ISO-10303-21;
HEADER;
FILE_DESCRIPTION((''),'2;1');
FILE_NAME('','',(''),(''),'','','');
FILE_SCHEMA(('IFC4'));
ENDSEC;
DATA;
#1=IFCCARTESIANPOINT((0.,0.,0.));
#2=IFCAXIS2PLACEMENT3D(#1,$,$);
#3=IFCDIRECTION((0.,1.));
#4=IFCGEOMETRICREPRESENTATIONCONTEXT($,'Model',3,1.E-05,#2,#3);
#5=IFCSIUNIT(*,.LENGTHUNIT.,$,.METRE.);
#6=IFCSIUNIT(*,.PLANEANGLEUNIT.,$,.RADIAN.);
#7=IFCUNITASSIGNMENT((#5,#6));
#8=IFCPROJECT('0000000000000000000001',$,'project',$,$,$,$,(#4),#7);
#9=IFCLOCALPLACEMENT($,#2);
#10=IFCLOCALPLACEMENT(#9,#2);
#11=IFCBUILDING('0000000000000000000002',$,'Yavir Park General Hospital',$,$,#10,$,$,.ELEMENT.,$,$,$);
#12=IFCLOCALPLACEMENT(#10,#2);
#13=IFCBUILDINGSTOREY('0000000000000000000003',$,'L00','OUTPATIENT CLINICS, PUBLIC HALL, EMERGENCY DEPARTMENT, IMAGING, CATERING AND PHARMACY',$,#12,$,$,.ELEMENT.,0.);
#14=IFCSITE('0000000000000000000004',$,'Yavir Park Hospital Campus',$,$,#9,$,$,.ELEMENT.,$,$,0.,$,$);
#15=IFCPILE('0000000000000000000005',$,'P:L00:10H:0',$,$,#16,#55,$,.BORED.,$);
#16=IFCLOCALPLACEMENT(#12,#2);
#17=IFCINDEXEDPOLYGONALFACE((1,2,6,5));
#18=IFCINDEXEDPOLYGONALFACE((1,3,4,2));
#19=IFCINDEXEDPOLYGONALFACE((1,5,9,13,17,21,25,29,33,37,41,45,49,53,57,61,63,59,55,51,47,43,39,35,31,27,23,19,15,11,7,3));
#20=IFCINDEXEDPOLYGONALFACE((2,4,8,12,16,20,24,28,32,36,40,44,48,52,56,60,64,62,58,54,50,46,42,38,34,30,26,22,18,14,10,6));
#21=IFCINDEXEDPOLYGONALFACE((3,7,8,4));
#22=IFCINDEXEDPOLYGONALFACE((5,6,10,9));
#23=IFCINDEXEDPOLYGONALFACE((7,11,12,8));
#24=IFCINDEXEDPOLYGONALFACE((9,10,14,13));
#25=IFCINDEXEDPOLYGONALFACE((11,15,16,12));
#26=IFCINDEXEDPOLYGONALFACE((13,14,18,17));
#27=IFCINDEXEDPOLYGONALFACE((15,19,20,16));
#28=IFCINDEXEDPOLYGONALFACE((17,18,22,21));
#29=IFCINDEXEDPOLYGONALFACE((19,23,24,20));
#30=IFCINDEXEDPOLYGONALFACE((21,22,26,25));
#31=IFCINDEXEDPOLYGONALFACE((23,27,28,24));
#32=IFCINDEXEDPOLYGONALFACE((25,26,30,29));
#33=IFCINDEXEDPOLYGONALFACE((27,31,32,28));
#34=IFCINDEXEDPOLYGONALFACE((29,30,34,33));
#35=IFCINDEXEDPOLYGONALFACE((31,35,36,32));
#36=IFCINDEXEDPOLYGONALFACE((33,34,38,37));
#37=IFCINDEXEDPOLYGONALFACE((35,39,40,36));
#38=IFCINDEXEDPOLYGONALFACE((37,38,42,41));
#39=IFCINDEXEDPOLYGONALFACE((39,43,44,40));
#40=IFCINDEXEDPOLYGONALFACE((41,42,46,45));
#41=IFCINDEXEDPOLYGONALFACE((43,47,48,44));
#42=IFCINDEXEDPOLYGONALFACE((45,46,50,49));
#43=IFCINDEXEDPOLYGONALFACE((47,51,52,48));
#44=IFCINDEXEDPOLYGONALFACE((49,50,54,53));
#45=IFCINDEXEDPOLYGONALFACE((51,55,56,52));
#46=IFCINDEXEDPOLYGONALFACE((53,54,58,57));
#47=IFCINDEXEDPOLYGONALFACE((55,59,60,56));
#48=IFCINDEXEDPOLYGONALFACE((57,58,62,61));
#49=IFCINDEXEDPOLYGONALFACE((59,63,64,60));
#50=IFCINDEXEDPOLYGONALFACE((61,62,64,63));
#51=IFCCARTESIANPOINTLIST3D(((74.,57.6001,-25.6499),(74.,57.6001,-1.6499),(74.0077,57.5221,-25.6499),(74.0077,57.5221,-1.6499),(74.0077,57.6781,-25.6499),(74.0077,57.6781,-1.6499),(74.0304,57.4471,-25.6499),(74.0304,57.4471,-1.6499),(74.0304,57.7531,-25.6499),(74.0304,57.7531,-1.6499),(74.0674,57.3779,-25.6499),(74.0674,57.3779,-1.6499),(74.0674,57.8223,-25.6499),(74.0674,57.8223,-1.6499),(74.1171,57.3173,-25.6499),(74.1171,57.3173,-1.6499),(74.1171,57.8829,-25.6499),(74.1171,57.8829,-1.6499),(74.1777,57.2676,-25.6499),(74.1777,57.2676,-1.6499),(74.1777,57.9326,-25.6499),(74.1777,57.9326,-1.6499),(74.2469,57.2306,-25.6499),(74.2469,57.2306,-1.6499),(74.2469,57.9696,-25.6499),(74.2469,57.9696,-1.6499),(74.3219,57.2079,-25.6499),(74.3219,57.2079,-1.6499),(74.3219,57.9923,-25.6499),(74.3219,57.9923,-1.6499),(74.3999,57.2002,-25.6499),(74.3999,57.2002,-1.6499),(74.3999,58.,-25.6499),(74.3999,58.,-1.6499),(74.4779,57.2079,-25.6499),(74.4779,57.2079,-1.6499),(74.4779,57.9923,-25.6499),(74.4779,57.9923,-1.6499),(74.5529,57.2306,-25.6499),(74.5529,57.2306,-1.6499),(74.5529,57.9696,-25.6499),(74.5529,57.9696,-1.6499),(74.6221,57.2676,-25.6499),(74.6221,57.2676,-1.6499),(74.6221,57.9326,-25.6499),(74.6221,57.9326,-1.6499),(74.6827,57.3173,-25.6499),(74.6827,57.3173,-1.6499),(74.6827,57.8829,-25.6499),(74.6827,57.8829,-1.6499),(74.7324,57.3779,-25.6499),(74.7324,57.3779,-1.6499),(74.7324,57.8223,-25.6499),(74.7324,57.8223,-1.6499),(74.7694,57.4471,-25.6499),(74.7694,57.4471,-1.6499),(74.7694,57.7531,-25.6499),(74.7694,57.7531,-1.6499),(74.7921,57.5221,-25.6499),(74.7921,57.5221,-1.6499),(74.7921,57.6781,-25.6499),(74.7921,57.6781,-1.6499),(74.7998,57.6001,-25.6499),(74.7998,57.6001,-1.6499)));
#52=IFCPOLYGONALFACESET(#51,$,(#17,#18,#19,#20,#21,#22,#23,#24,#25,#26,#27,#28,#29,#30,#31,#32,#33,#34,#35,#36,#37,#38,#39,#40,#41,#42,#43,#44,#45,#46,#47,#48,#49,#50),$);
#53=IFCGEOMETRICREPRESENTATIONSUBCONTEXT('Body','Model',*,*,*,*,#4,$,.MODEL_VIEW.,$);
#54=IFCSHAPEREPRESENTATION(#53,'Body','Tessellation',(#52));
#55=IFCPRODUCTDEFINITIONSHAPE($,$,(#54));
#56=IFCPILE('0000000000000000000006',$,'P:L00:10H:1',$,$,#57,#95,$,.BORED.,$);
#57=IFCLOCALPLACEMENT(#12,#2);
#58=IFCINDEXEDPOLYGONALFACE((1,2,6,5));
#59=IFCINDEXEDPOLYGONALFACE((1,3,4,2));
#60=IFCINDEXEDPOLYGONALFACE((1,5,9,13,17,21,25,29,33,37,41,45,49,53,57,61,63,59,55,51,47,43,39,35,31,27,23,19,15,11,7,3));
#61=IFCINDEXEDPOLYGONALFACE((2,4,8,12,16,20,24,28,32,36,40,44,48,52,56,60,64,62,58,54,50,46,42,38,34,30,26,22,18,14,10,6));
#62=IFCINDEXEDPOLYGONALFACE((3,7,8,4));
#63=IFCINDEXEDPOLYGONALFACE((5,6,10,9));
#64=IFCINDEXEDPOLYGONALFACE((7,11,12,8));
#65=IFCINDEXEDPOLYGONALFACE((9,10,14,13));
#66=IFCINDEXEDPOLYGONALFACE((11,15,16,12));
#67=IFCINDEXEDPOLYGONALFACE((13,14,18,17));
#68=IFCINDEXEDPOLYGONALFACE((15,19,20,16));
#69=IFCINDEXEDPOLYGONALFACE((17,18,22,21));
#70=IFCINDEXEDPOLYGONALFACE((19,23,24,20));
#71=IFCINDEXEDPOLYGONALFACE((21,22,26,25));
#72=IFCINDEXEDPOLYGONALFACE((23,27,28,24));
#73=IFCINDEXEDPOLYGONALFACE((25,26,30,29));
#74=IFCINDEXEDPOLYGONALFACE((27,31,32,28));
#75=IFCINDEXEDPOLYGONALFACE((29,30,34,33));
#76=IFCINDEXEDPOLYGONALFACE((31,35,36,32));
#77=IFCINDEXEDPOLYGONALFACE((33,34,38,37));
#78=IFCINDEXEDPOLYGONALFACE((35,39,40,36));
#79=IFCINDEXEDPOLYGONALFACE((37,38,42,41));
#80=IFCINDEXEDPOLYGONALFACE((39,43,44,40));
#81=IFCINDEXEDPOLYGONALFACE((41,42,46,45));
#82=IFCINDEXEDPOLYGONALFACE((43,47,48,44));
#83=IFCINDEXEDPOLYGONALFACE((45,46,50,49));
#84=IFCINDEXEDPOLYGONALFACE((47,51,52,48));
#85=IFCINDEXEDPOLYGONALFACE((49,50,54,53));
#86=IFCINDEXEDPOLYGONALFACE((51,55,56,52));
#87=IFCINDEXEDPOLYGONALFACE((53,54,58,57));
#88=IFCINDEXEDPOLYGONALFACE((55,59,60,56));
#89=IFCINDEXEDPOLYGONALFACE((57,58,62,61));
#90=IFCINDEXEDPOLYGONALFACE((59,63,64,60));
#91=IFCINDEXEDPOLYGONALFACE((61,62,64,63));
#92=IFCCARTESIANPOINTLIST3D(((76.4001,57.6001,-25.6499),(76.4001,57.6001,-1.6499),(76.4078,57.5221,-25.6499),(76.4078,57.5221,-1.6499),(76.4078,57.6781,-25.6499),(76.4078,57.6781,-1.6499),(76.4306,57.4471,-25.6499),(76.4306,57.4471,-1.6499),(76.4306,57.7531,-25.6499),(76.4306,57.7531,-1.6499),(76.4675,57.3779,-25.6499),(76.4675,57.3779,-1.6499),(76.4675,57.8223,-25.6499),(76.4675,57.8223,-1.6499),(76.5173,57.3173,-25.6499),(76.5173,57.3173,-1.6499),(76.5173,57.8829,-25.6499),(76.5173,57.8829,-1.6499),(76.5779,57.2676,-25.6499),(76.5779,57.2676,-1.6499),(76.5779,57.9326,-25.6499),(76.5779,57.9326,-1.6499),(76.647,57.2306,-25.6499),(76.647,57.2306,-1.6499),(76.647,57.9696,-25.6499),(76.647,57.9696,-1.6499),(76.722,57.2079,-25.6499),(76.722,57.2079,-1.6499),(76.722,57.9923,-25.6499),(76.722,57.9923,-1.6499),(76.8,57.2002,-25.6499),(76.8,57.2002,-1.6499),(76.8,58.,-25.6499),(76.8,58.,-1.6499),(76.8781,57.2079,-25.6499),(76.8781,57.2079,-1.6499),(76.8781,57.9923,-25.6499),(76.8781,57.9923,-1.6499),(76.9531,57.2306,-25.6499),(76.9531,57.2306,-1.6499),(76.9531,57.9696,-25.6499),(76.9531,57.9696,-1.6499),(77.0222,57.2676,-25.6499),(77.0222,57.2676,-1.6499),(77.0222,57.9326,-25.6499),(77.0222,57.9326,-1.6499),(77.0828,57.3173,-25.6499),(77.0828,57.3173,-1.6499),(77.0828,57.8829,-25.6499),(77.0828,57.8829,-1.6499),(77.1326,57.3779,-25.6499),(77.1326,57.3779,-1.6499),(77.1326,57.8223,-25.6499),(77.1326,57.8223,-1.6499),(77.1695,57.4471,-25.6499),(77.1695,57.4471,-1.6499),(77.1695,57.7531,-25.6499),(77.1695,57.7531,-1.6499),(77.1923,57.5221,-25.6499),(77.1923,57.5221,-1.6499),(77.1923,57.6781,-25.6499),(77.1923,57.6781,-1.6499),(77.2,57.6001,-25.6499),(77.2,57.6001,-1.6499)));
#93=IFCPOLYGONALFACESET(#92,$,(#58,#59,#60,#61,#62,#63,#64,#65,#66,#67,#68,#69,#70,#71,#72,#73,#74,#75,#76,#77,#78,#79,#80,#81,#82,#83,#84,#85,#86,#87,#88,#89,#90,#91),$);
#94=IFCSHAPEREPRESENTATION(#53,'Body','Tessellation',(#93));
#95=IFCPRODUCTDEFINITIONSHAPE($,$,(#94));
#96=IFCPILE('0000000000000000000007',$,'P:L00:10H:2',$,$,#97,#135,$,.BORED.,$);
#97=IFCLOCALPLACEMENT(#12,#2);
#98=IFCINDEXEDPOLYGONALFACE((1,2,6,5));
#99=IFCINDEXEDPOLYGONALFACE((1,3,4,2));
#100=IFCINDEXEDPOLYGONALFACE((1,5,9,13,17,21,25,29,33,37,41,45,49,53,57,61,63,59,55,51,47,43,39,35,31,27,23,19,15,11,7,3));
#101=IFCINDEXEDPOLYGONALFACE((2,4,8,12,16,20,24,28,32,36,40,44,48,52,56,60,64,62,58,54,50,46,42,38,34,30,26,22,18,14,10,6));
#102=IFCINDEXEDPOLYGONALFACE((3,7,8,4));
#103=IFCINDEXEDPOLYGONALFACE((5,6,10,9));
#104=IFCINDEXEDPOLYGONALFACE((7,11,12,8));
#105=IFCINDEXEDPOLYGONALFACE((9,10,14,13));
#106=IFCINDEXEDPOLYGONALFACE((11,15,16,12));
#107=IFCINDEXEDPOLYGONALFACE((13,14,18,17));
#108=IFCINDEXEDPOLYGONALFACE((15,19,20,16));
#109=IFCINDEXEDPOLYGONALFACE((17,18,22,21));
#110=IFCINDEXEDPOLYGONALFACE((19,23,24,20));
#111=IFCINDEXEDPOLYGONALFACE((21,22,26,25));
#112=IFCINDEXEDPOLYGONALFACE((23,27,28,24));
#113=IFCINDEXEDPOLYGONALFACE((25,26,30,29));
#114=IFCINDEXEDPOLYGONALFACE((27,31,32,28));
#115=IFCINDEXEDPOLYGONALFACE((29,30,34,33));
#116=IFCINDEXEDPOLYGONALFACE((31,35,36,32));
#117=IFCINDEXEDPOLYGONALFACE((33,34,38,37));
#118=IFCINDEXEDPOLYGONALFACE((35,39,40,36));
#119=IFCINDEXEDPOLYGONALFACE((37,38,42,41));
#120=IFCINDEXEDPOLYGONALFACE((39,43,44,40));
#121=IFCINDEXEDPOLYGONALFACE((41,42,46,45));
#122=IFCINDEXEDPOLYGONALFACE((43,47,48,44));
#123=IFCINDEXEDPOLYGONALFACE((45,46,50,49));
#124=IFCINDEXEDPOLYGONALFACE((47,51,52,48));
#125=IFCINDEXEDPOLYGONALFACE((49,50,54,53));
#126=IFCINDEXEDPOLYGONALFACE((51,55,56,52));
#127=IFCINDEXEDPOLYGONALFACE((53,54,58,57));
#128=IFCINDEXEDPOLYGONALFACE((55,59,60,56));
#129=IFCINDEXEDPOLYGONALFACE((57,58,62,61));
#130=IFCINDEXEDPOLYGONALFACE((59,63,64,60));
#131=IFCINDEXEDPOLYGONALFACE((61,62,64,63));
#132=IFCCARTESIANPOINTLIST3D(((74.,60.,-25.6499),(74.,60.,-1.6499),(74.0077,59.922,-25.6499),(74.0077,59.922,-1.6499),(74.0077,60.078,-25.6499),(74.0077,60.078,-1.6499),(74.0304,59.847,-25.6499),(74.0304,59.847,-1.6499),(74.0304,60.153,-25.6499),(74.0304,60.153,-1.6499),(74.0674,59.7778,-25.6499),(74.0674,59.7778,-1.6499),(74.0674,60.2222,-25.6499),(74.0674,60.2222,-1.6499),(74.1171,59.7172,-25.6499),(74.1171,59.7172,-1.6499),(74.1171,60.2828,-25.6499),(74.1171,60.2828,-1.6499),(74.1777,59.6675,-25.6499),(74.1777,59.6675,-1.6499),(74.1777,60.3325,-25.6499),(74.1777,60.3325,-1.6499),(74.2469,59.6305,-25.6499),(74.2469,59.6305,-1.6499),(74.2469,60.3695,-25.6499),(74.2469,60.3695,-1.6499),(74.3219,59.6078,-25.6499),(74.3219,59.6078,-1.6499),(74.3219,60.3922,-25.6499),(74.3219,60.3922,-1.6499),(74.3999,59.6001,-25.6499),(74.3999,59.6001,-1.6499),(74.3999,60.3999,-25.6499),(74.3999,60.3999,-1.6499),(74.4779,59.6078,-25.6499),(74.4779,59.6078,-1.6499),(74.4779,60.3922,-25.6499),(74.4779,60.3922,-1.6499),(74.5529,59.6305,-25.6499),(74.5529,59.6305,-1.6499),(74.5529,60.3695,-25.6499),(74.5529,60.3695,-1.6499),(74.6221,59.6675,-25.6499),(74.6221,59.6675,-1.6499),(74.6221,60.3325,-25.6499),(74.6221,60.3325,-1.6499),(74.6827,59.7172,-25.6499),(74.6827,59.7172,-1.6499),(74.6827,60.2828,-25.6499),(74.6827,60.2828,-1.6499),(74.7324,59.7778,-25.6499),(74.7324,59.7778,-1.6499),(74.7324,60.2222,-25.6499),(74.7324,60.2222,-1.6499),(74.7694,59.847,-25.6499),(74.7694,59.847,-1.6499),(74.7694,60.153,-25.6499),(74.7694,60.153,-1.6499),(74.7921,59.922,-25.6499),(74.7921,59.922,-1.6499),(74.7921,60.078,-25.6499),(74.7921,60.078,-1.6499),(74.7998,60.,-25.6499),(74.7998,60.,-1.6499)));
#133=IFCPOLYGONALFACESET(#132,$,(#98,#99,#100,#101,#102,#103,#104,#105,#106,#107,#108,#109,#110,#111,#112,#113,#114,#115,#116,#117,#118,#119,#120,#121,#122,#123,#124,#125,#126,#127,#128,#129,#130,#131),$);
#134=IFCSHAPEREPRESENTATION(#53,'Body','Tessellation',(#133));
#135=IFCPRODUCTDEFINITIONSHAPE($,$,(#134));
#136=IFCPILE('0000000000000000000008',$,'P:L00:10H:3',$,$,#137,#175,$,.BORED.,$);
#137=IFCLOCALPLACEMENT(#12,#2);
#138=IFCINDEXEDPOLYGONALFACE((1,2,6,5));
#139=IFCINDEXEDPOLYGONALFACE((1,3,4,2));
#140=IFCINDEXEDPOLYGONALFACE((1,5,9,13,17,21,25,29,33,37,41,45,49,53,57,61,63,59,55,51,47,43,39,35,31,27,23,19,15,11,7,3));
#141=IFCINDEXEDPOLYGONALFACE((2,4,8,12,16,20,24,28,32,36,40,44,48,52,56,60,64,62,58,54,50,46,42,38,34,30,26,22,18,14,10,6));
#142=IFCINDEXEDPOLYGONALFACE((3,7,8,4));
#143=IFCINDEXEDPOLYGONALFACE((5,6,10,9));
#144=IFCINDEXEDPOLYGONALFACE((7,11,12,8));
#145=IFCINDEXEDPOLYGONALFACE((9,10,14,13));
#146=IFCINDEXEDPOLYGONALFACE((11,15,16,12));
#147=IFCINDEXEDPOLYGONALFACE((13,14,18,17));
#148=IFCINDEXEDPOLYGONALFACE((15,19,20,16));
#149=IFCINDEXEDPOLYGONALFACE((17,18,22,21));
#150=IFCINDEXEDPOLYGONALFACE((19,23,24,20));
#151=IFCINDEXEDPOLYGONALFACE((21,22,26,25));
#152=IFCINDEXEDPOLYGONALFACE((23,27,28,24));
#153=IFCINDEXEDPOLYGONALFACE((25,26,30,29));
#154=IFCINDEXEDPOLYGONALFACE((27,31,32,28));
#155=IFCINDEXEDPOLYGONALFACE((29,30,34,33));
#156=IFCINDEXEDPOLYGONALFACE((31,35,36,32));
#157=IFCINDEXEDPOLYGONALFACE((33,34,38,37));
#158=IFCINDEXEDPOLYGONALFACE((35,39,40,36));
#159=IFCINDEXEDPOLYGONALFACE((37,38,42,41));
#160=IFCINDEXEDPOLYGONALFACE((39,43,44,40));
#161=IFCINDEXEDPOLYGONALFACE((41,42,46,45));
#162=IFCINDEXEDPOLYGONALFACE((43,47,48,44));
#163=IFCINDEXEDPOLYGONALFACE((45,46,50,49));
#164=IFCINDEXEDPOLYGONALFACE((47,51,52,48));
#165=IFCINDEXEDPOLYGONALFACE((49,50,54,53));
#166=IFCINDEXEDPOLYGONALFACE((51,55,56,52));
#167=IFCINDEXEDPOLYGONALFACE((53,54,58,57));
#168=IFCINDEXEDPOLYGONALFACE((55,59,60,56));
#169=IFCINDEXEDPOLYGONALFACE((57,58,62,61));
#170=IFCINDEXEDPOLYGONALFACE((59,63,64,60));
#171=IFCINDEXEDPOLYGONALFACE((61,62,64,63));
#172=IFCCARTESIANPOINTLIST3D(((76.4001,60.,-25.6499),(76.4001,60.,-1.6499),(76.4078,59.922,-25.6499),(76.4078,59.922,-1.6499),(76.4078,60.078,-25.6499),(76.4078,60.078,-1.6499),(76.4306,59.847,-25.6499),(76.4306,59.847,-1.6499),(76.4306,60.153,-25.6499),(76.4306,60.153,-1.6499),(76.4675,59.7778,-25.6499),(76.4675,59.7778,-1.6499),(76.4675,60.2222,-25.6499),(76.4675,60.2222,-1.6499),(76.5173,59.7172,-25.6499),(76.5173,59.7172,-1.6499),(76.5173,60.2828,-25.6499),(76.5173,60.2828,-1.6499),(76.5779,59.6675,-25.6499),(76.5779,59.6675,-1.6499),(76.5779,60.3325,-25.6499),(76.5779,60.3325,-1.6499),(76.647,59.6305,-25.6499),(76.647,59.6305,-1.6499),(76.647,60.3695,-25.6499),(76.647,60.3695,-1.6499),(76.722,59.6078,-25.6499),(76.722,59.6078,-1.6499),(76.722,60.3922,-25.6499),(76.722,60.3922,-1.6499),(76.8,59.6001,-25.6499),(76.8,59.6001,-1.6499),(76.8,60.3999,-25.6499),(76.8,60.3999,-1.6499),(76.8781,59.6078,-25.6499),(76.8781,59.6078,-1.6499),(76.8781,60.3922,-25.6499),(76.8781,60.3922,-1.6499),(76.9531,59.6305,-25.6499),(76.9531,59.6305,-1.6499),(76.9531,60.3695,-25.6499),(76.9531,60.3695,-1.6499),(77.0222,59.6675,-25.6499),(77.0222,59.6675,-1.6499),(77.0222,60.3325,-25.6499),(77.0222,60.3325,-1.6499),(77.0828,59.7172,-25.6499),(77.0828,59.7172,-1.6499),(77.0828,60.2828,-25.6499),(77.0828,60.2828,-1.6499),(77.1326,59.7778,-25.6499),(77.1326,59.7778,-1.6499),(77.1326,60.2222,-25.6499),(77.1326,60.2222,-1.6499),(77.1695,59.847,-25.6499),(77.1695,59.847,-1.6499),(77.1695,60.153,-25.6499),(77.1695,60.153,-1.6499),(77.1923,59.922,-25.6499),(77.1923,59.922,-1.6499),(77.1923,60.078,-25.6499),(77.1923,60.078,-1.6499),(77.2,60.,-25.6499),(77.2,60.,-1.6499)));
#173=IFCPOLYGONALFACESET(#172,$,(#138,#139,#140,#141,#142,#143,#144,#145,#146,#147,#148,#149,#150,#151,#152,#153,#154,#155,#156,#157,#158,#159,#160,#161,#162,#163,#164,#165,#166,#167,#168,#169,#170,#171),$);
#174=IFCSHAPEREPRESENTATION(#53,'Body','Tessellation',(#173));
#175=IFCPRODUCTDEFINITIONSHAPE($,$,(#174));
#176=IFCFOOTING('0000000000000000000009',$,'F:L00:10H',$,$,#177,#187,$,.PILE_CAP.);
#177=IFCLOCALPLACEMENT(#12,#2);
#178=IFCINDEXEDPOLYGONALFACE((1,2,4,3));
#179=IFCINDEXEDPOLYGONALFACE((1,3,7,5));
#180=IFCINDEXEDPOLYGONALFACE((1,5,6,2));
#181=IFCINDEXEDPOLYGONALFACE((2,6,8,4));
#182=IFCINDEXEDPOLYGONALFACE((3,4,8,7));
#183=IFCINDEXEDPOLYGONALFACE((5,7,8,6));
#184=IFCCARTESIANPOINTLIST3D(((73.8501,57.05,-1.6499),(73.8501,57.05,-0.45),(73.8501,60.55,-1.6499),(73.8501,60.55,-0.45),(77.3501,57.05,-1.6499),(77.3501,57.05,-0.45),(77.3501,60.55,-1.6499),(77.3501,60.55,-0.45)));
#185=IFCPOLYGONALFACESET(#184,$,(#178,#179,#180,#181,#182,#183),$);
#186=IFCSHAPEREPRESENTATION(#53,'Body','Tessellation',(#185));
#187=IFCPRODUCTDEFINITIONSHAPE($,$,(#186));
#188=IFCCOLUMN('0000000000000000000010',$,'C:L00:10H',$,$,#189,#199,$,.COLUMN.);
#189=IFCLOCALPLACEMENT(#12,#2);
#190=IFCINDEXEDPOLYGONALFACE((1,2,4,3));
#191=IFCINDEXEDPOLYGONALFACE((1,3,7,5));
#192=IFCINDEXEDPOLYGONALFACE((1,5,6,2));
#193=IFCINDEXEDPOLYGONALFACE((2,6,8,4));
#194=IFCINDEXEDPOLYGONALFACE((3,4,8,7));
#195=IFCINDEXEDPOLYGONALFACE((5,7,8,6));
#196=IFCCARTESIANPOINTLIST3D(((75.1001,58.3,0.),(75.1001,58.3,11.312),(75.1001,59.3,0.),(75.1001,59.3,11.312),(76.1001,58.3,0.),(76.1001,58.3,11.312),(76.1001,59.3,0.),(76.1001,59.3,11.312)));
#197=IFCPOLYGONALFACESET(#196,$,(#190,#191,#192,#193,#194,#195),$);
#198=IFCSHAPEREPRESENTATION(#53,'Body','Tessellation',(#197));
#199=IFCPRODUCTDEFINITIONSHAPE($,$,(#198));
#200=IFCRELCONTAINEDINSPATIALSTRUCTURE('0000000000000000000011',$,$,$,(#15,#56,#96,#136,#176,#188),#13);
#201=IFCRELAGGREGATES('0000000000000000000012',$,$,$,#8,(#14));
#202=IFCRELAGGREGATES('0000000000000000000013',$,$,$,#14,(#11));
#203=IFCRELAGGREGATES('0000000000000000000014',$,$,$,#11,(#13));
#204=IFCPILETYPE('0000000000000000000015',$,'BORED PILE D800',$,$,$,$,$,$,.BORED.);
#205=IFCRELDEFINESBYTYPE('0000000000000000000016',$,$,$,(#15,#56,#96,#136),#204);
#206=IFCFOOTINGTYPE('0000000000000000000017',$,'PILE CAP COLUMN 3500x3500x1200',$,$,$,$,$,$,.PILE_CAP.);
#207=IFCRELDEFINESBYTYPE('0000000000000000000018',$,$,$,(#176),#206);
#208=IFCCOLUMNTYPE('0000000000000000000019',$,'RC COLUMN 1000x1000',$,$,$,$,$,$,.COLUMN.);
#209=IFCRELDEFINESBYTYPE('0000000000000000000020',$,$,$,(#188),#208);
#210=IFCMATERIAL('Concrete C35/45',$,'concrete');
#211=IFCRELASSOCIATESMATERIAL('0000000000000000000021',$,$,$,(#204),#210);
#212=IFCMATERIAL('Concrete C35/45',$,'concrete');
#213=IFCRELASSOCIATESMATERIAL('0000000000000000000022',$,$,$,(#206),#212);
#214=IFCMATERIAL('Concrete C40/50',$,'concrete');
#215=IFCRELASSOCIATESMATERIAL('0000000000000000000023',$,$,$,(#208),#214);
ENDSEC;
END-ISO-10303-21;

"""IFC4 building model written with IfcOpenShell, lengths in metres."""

from ifc_helpers import new_model, si_unit, direction, frame, origin, origin_2d, place, context, subcontext, project, spatial, rectangle, circle, extrude, material, material_profile, profile_set, type_object, element, save


model = new_model("IFC4")

# Units and contexts
model_context = context("Model", 3, precision=1e-05, world=origin(), true_north=direction((0.0, 1.0)))
body_context = subcontext(model_context, "Body", "Model", "MODEL_VIEW")
ifc_project = project(units=[si_unit("LENGTHUNIT", "METRE"), si_unit("PLANEANGLEUNIT", "RADIAN")], contexts=[model_context])

# Site, building, storey
site_placement = place(None, origin())
site = spatial("IfcSite", under=ifc_project, at=site_placement, Name="Yavir Park Hospital Campus", CompositionType="ELEMENT", RefElevation=0.0)
building_placement = place(site_placement, origin())
building = spatial("IfcBuilding", under=site, at=building_placement, Name="Yavir Park General Hospital", CompositionType="ELEMENT")
storey_placement = place(building_placement, origin())
storey = spatial("IfcBuildingStorey", under=building, at=storey_placement, Name="L00", Description="OUTPATIENT CLINICS, PUBLIC HALL, EMERGENCY DEPARTMENT, IMAGING, CATERING AND PHARMACY", CompositionType="ELEMENT", Elevation=0.0)

# Piles
ifc_material_1 = material(Name="Concrete C35/45", Category="concrete")
ifc_material_profile_1 = material_profile(ifc_material_1, circle(Radius=0.3999, at=origin_2d()), Name="D800")
ifc_profile_set_1 = profile_set([ifc_material_profile_1], Name="Concrete C35/45")
pile_type = type_object("IfcPileType", Name="BORED PILE D800", PredefinedType="BORED", material=ifc_profile_set_1)
for number, where, z_axis, x_axis, name in (
    (1, (74.3999, 57.6001, -1.6499), (0.0, 0.0, -1.0), (1.0, 0.0, 0.0), "P:L00:10H:0"),
    (2, (76.8, 57.6001, -1.6499), (0.0, 0.0, -1.0), (1.0, 0.0, 0.0), "P:L00:10H:1"),
    (3, (74.3999, 60.0, -1.6499), (0.0, 0.0, -1.0), (1.0, 0.0, 0.0), "P:L00:10H:2"),
    (4, (76.8, 60.0, -1.6499), (0.0, 0.0, -1.0), (1.0, 0.0, 0.0), "P:L00:10H:3"),
):
    element("IfcPile", number, at=place(storey_placement, frame(where, z_axis=z_axis, x_axis=x_axis)), inside=storey, type_object=pile_type, Name=name, PredefinedType="BORED", context=body_context, shape_type="SweptSolid", body=[
        extrude(circle(Radius=0.3999, at=origin_2d()), origin(), (0.0, 0.0, 1.0), 24.0),
    ])

# Footing
ifc_material_2 = material(Name="Concrete C35/45", Category="concrete")
footing_type = type_object("IfcFootingType", Name="PILE CAP COLUMN 3500x3500x1200", PredefinedType="PILE_CAP", material=ifc_material_2)
footing_placement = place(storey_placement, frame((75.6001, 58.8, -1.6499), z_axis=(0.0, 0.0, 1.0), x_axis=(1.0, 0.0, 0.0)))
element("IfcFooting", 5, at=footing_placement, inside=storey, type_object=footing_type, Name="F:L00:10H", PredefinedType="PILE_CAP", context=body_context, shape_type="SweptSolid", body=[
    extrude(rectangle(XDim=3.5, YDim=3.5, at=origin_2d()), origin(), (0.0, 0.0, 1.0), 1.2),
])

# Column
ifc_material_3 = material(Name="Concrete C40/50", Category="concrete")
ifc_material_profile_2 = material_profile(ifc_material_3, rectangle(XDim=1.0, YDim=1.0, at=origin_2d()), Name="RC1000x1000")
ifc_profile_set_2 = profile_set([ifc_material_profile_2], Name="Concrete C40/50")
column_type = type_object("IfcColumnType", Name="RC COLUMN 1000x1000", PredefinedType="COLUMN", material=ifc_profile_set_2)
column_placement = place(storey_placement, frame((75.6001, 58.8, 0.0), z_axis=(0.0, 0.0, 1.0), x_axis=(1.0, 0.0, 0.0)))
element("IfcColumn", 6, at=column_placement, inside=storey, type_object=column_type, Name="C:L00:10H", PredefinedType="COLUMN", context=body_context, shape_type="SweptSolid", body=[
    extrude(rectangle(XDim=1.0, YDim=1.0, at=origin_2d()), origin(), (0.0, 0.0, 1.0), 11.312),
])

save(model, "model.ifc")
